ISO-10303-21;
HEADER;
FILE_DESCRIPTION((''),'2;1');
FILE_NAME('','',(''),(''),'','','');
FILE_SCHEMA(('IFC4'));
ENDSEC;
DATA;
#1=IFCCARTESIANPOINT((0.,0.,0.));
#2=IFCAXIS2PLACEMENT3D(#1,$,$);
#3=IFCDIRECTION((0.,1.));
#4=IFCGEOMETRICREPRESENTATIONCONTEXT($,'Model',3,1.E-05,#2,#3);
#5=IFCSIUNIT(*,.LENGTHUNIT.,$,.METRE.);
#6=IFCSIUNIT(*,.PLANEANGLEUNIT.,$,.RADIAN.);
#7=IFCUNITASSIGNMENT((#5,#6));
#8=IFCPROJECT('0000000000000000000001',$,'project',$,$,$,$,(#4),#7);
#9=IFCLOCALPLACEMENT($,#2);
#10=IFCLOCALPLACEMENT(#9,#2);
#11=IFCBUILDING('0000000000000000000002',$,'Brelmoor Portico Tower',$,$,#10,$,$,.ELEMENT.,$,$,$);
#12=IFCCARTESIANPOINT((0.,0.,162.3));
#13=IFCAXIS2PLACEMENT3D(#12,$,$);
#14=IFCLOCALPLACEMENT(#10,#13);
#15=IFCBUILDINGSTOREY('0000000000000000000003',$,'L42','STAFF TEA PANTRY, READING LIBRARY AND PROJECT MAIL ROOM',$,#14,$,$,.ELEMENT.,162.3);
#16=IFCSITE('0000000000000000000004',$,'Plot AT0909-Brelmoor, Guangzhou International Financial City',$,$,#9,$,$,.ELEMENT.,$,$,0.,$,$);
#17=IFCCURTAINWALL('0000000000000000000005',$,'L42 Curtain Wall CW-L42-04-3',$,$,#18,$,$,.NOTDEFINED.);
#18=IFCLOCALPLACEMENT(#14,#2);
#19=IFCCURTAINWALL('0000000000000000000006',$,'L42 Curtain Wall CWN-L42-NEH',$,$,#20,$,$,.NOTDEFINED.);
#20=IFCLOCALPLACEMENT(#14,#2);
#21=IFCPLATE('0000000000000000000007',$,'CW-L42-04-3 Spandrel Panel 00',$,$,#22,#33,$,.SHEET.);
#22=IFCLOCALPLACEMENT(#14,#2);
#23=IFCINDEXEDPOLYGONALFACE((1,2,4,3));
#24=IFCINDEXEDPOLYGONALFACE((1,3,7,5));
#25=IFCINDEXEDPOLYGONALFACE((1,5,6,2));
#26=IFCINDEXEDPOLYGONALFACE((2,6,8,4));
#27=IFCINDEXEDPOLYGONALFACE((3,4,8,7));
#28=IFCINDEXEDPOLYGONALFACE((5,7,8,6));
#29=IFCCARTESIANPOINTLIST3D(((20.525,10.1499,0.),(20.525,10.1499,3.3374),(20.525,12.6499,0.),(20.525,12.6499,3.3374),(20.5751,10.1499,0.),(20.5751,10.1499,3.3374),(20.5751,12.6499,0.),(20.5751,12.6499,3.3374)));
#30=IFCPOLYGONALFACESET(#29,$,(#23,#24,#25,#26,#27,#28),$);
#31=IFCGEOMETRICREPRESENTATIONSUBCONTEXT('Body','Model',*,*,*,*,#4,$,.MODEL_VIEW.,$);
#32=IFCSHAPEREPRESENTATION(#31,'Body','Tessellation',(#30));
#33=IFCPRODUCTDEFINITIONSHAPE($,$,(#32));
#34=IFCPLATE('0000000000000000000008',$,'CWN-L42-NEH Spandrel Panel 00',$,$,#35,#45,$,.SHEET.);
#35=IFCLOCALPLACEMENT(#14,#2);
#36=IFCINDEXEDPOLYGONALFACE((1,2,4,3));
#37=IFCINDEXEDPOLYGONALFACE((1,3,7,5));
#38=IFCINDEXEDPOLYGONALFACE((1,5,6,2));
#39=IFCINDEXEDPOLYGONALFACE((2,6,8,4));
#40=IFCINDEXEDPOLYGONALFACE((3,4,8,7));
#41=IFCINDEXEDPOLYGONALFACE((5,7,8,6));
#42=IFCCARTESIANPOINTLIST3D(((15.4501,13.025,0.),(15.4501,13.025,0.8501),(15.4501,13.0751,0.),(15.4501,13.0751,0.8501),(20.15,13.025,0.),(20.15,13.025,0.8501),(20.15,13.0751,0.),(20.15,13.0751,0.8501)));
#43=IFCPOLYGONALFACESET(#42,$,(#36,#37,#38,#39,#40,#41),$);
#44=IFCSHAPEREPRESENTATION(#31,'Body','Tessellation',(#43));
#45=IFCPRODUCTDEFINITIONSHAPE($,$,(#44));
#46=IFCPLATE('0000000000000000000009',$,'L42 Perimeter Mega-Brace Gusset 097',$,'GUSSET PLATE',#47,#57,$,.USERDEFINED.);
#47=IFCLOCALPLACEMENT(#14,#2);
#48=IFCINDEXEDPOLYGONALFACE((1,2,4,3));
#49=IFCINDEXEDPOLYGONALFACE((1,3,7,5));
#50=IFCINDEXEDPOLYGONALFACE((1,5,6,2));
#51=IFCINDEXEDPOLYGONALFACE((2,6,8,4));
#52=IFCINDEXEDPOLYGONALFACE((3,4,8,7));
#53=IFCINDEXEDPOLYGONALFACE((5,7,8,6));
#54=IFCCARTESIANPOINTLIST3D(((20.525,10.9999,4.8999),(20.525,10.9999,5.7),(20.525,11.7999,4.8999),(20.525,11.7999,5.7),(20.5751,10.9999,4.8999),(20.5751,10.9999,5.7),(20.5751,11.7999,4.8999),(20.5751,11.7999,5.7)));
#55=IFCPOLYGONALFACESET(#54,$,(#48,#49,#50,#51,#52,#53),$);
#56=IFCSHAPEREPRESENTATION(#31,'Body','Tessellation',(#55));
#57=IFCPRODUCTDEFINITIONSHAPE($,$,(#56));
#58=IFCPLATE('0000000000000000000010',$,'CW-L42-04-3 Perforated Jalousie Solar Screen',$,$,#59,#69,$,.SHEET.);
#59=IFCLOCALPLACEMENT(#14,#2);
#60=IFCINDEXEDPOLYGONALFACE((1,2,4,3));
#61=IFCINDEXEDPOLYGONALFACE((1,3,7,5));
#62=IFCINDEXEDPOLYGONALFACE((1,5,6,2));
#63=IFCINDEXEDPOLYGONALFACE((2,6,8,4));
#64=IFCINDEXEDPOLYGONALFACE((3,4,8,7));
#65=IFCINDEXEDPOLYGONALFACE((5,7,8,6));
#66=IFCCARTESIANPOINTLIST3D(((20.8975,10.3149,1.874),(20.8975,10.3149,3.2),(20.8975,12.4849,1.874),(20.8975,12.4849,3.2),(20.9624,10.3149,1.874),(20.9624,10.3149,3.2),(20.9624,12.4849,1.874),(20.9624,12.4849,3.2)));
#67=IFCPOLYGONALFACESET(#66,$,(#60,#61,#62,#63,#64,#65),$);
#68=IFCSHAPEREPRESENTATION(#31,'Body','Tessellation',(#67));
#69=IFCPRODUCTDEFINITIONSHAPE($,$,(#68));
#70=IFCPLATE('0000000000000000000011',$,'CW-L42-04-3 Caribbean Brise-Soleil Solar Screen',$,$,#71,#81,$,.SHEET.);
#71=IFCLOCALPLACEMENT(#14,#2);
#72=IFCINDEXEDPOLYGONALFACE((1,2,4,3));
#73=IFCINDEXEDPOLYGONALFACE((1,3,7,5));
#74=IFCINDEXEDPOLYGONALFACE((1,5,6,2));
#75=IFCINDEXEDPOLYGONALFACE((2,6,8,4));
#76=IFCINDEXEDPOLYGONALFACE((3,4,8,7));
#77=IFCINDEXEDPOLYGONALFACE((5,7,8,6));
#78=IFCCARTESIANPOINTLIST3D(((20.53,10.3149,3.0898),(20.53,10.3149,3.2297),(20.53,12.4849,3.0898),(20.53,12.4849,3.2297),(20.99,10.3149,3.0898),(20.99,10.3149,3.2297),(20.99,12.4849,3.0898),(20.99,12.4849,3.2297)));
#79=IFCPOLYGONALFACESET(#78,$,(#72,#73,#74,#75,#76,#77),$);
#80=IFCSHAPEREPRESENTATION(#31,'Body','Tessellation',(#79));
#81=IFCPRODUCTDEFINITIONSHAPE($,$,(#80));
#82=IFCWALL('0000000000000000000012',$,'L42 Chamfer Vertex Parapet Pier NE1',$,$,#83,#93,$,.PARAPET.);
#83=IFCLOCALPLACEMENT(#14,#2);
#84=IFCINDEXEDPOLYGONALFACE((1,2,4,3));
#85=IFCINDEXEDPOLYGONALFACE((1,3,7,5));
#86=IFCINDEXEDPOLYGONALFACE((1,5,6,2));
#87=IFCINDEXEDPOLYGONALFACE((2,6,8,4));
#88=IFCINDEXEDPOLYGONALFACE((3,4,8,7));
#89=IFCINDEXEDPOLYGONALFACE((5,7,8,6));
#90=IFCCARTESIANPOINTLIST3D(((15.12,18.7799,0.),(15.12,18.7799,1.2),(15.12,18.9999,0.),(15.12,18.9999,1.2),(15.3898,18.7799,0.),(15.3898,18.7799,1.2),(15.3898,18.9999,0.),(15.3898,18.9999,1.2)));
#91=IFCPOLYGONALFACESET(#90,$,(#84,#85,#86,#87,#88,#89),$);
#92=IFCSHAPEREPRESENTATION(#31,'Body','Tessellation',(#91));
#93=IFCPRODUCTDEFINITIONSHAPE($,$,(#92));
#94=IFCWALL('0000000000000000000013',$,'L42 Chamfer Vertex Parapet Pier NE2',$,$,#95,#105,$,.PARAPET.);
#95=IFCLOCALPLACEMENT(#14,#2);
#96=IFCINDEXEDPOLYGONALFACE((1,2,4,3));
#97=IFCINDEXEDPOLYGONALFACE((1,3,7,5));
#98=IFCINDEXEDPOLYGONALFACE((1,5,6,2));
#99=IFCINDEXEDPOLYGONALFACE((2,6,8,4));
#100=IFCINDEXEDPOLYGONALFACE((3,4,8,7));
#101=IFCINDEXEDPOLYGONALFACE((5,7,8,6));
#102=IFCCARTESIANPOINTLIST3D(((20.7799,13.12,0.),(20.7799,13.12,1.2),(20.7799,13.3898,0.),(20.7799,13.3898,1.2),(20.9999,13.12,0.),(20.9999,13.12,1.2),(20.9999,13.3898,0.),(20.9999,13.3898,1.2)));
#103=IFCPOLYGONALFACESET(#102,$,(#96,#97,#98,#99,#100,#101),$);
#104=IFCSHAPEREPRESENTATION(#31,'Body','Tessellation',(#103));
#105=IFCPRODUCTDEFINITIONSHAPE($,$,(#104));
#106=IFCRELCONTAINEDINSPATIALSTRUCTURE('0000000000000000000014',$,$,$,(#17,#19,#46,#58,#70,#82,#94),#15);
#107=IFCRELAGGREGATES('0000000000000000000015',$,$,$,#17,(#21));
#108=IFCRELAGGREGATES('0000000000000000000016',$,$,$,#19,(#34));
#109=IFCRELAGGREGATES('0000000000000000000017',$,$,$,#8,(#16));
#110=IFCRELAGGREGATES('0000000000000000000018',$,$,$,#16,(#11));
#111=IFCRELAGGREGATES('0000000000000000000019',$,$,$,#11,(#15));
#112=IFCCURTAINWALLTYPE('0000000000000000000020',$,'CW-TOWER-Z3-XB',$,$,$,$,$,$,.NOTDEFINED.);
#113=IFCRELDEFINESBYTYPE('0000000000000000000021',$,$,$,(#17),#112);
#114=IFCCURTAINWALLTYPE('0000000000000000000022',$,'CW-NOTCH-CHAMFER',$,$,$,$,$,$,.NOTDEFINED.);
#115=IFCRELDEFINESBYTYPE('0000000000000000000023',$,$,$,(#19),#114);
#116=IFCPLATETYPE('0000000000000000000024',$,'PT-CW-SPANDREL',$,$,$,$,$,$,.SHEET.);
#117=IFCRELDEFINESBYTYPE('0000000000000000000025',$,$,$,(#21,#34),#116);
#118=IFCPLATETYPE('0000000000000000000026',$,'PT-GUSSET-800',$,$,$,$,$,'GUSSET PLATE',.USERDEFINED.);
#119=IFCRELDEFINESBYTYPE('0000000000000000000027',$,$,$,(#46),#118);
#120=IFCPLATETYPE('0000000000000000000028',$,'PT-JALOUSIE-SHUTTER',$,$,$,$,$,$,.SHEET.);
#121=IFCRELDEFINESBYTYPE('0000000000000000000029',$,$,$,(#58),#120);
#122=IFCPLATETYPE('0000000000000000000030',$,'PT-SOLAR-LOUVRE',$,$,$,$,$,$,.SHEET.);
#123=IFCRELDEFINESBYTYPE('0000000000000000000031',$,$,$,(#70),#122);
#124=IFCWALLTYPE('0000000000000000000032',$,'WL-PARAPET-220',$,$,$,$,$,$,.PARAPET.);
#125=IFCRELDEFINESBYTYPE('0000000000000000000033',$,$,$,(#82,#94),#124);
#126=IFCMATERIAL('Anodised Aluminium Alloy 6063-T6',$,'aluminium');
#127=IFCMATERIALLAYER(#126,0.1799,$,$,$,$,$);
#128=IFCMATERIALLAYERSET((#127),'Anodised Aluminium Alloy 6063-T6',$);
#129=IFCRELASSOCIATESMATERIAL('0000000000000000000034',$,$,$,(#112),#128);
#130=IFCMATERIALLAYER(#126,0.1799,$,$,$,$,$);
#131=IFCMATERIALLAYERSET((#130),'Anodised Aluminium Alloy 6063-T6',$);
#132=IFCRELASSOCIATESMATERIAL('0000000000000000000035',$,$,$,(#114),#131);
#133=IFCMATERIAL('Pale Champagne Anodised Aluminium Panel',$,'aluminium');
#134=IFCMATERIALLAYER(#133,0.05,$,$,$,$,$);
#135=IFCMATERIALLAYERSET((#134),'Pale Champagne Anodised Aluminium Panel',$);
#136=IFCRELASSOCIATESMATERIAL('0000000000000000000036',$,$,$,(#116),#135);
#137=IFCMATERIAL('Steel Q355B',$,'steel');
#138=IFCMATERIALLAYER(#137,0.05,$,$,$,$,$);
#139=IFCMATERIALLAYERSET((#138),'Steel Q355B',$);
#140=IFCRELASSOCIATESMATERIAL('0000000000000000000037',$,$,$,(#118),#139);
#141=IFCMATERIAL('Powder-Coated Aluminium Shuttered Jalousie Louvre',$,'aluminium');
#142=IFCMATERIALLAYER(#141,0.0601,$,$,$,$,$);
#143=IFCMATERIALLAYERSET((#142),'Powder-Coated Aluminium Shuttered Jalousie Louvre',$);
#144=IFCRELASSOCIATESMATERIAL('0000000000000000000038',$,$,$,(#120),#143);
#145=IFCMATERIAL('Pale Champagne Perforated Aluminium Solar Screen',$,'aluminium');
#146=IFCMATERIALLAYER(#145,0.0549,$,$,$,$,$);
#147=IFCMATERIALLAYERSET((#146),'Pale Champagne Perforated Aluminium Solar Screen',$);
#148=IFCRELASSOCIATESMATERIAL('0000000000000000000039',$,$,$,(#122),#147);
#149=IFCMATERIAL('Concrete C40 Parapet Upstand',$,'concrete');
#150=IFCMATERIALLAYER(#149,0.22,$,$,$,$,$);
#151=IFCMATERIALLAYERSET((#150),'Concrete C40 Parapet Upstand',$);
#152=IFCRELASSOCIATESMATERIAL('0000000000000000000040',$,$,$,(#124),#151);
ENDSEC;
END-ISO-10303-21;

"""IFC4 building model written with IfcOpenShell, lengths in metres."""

from ifc_helpers import new_model, si_unit, direction, frame, frame_2d, origin, origin_2d, place, context, subcontext, project, spatial, rectangle, extrude, material, layer, layer_set, type_object, element, aggregate, save


model = new_model("IFC4")

# Units and contexts
model_context = context("Model", 3, precision=1e-05, world=origin(), true_north=direction((0.0, 1.0)))
body_context = subcontext(model_context, "Body", "Model", "MODEL_VIEW")
ifc_project = project(units=[si_unit("LENGTHUNIT", "METRE"), si_unit("PLANEANGLEUNIT", "RADIAN")], contexts=[model_context])

# Site, building, storey
site_placement = place(None, origin())
site = spatial("IfcSite", under=ifc_project, at=site_placement, Name="Plot AT0909-Brelmoor, Guangzhou International Financial City", CompositionType="ELEMENT", RefElevation=0.0)
building_placement = place(site_placement, origin())
building = spatial("IfcBuilding", under=site, at=building_placement, Name="Brelmoor Portico Tower", CompositionType="ELEMENT")
storey_placement = place(building_placement, frame((0.0, 0.0, 162.3)))
storey = spatial("IfcBuildingStorey", under=building, at=storey_placement, Name="L42", Description="STAFF TEA PANTRY, READING LIBRARY AND PROJECT MAIL ROOM", CompositionType="ELEMENT", Elevation=162.3)

# Shared definitions
ifc_material_1 = material(Name="Steel Q355B", Category="steel")

# Curtain walls
ifc_material_2 = material(Name="Anodised Aluminium Alloy 6063-T6", Category="aluminium")
ifc_layer_1 = layer(ifc_material_2, 0.1799)
ifc_layer_set_1 = layer_set([ifc_layer_1], Name="Anodised Aluminium Alloy 6063-T6")
curtain_wall_type_1 = type_object("IfcCurtainWallType", Name="CW-TOWER-Z3-XB", PredefinedType="NOTDEFINED", material=ifc_layer_set_1)
curtain_wall_1_placement = place(storey_placement, origin())
curtain_wall_1 = element("IfcCurtainWall", 1, at=curtain_wall_1_placement, inside=storey, type_object=curtain_wall_type_1, Name="L42 Curtain Wall CW-L42-04-3", PredefinedType="NOTDEFINED")
ifc_layer_2 = layer(ifc_material_2, 0.1799)
ifc_layer_set_2 = layer_set([ifc_layer_2], Name="Anodised Aluminium Alloy 6063-T6")
curtain_wall_type_2 = type_object("IfcCurtainWallType", Name="CW-NOTCH-CHAMFER", PredefinedType="NOTDEFINED", material=ifc_layer_set_2)
curtain_wall_2_placement = place(storey_placement, origin())
curtain_wall_2 = element("IfcCurtainWall", 2, at=curtain_wall_2_placement, inside=storey, type_object=curtain_wall_type_2, Name="L42 Curtain Wall CWN-L42-NEH", PredefinedType="NOTDEFINED")

# Plates
ifc_material_3 = material(Name="Pale Champagne Anodised Aluminium Panel", Category="aluminium")
ifc_layer_3 = layer(ifc_material_3, 0.05)
ifc_layer_set_3 = layer_set([ifc_layer_3], Name="Pale Champagne Anodised Aluminium Panel")
plate_type_1 = type_object("IfcPlateType", Name="PT-CW-SPANDREL", PredefinedType="SHEET", material=ifc_layer_set_3)
plate_1_placement = place(storey_placement, frame((20.55, 11.3999, 0.0), z_axis=(0.0, 0.0, 1.0), x_axis=(0.0, 1.0, 0.0)))
plate_1 = element("IfcPlate", 3, at=plate_1_placement, type_object=plate_type_1, Name="CW-L42-04-3 Spandrel Panel 00", PredefinedType="SHEET", context=body_context, shape_type="SweptSolid", body=[
    extrude(rectangle(XDim=2.5, YDim=0.05, at=origin_2d()), origin(), (0.0, 0.0, 1.0), 3.3374),
])
aggregate(curtain_wall_1, [plate_1])
plate_2_placement = place(storey_placement, frame((17.8, 13.05, 0.0), z_axis=(0.0, 0.0, 1.0), x_axis=(1.0, 0.0, 0.0)))
plate_2 = element("IfcPlate", 4, at=plate_2_placement, type_object=plate_type_1, Name="CWN-L42-NEH Spandrel Panel 00", PredefinedType="SHEET", context=body_context, shape_type="SweptSolid", body=[
    extrude(rectangle(XDim=4.7, YDim=0.05, at=origin_2d()), origin(), (0.0, 0.0, 1.0), 0.8501),
])
aggregate(curtain_wall_2, [plate_2])

# Plates
ifc_layer_4 = layer(ifc_material_1, 0.05)
ifc_layer_set_4 = layer_set([ifc_layer_4], Name="Steel Q355B")
plate_type_2 = type_object("IfcPlateType", Name="PT-GUSSET-800", ElementType="GUSSET PLATE", PredefinedType="USERDEFINED", material=ifc_layer_set_4)
plate_3_placement = place(storey_placement, frame((20.55, 11.3999, 4.8999), z_axis=(0.0, 0.0, 1.0), x_axis=(1.0, 0.0, 0.0)))
element("IfcPlate", 5, at=plate_3_placement, inside=storey, type_object=plate_type_2, Name="L42 Perimeter Mega-Brace Gusset 097", ObjectType="GUSSET PLATE", PredefinedType="USERDEFINED", context=body_context, shape_type="SweptSolid", body=[
    extrude(rectangle(XDim=0.05, YDim=0.8, at=origin_2d()), origin(), (0.0, 0.0, 1.0), 0.8),
])
ifc_material_4 = material(Name="Powder-Coated Aluminium Shuttered Jalousie Louvre", Category="aluminium")
ifc_layer_5 = layer(ifc_material_4, 0.0601)
ifc_layer_set_5 = layer_set([ifc_layer_5], Name="Powder-Coated Aluminium Shuttered Jalousie Louvre")
plate_type_3 = type_object("IfcPlateType", Name="PT-JALOUSIE-SHUTTER", PredefinedType="SHEET", material=ifc_layer_set_5)
plate_4_placement = place(storey_placement, frame((20.9299, 11.3999, 1.874), z_axis=(0.0, 0.0, 1.0), x_axis=(0.0, 1.0, 0.0)))
element("IfcPlate", 6, at=plate_4_placement, inside=storey, type_object=plate_type_3, Name="CW-L42-04-3 Perforated Jalousie Solar Screen", PredefinedType="SHEET", context=body_context, shape_type="SweptSolid", body=[
    extrude(rectangle(XDim=2.1699, YDim=0.0649, at=origin_2d()), origin(), (0.0, 0.0, 1.0), 1.3259),
])
ifc_material_5 = material(Name="Pale Champagne Perforated Aluminium Solar Screen", Category="aluminium")
ifc_layer_6 = layer(ifc_material_5, 0.0549)
ifc_layer_set_6 = layer_set([ifc_layer_6], Name="Pale Champagne Perforated Aluminium Solar Screen")
plate_type_4 = type_object("IfcPlateType", Name="PT-SOLAR-LOUVRE", PredefinedType="SHEET", material=ifc_layer_set_6)
plate_5_placement = place(storey_placement, frame((20.76, 11.3999, 3.0898), z_axis=(0.0, 0.0, 1.0), x_axis=(0.0, 1.0, 0.0)))
element("IfcPlate", 7, at=plate_5_placement, inside=storey, type_object=plate_type_4, Name="CW-L42-04-3 Caribbean Brise-Soleil Solar Screen", PredefinedType="SHEET", context=body_context, shape_type="SweptSolid", body=[
    extrude(rectangle(XDim=2.1699, YDim=0.46, at=origin_2d()), origin(), (0.0, 0.0, 1.0), 0.1399),
])

# Walls
ifc_material_6 = material(Name="Concrete C40 Parapet Upstand", Category="concrete")
ifc_layer_7 = layer(ifc_material_6, 0.22)
ifc_layer_set_7 = layer_set([ifc_layer_7], Name="Concrete C40 Parapet Upstand")
wall_type = type_object("IfcWallType", Name="WL-PARAPET-220", PredefinedType="PARAPET", material=ifc_layer_set_7)
for number, where, z_axis, x_axis, name in (
    (8, (15.1201, 18.8899, 0.0), (0.0, 0.0, 1.0), (1.0, 0.0, 0.0), "L42 Chamfer Vertex Parapet Pier NE1"),
    (9, (20.8899, 13.1201, 0.0), (0.0, 0.0, 1.0), (0.0, 1.0, 0.0), "L42 Chamfer Vertex Parapet Pier NE2"),
):
    element("IfcWall", number, at=place(storey_placement, frame(where, z_axis=z_axis, x_axis=x_axis)), inside=storey, type_object=wall_type, Name=name, PredefinedType="PARAPET", context=body_context, shape_type="SweptSolid", body=[
        extrude(rectangle(XDim=0.2698, YDim=0.22, at=frame_2d((0.1348, 0.0))), origin(), (0.0, 0.0, 1.0), 1.2),
    ])

save(model, "model.ifc")
